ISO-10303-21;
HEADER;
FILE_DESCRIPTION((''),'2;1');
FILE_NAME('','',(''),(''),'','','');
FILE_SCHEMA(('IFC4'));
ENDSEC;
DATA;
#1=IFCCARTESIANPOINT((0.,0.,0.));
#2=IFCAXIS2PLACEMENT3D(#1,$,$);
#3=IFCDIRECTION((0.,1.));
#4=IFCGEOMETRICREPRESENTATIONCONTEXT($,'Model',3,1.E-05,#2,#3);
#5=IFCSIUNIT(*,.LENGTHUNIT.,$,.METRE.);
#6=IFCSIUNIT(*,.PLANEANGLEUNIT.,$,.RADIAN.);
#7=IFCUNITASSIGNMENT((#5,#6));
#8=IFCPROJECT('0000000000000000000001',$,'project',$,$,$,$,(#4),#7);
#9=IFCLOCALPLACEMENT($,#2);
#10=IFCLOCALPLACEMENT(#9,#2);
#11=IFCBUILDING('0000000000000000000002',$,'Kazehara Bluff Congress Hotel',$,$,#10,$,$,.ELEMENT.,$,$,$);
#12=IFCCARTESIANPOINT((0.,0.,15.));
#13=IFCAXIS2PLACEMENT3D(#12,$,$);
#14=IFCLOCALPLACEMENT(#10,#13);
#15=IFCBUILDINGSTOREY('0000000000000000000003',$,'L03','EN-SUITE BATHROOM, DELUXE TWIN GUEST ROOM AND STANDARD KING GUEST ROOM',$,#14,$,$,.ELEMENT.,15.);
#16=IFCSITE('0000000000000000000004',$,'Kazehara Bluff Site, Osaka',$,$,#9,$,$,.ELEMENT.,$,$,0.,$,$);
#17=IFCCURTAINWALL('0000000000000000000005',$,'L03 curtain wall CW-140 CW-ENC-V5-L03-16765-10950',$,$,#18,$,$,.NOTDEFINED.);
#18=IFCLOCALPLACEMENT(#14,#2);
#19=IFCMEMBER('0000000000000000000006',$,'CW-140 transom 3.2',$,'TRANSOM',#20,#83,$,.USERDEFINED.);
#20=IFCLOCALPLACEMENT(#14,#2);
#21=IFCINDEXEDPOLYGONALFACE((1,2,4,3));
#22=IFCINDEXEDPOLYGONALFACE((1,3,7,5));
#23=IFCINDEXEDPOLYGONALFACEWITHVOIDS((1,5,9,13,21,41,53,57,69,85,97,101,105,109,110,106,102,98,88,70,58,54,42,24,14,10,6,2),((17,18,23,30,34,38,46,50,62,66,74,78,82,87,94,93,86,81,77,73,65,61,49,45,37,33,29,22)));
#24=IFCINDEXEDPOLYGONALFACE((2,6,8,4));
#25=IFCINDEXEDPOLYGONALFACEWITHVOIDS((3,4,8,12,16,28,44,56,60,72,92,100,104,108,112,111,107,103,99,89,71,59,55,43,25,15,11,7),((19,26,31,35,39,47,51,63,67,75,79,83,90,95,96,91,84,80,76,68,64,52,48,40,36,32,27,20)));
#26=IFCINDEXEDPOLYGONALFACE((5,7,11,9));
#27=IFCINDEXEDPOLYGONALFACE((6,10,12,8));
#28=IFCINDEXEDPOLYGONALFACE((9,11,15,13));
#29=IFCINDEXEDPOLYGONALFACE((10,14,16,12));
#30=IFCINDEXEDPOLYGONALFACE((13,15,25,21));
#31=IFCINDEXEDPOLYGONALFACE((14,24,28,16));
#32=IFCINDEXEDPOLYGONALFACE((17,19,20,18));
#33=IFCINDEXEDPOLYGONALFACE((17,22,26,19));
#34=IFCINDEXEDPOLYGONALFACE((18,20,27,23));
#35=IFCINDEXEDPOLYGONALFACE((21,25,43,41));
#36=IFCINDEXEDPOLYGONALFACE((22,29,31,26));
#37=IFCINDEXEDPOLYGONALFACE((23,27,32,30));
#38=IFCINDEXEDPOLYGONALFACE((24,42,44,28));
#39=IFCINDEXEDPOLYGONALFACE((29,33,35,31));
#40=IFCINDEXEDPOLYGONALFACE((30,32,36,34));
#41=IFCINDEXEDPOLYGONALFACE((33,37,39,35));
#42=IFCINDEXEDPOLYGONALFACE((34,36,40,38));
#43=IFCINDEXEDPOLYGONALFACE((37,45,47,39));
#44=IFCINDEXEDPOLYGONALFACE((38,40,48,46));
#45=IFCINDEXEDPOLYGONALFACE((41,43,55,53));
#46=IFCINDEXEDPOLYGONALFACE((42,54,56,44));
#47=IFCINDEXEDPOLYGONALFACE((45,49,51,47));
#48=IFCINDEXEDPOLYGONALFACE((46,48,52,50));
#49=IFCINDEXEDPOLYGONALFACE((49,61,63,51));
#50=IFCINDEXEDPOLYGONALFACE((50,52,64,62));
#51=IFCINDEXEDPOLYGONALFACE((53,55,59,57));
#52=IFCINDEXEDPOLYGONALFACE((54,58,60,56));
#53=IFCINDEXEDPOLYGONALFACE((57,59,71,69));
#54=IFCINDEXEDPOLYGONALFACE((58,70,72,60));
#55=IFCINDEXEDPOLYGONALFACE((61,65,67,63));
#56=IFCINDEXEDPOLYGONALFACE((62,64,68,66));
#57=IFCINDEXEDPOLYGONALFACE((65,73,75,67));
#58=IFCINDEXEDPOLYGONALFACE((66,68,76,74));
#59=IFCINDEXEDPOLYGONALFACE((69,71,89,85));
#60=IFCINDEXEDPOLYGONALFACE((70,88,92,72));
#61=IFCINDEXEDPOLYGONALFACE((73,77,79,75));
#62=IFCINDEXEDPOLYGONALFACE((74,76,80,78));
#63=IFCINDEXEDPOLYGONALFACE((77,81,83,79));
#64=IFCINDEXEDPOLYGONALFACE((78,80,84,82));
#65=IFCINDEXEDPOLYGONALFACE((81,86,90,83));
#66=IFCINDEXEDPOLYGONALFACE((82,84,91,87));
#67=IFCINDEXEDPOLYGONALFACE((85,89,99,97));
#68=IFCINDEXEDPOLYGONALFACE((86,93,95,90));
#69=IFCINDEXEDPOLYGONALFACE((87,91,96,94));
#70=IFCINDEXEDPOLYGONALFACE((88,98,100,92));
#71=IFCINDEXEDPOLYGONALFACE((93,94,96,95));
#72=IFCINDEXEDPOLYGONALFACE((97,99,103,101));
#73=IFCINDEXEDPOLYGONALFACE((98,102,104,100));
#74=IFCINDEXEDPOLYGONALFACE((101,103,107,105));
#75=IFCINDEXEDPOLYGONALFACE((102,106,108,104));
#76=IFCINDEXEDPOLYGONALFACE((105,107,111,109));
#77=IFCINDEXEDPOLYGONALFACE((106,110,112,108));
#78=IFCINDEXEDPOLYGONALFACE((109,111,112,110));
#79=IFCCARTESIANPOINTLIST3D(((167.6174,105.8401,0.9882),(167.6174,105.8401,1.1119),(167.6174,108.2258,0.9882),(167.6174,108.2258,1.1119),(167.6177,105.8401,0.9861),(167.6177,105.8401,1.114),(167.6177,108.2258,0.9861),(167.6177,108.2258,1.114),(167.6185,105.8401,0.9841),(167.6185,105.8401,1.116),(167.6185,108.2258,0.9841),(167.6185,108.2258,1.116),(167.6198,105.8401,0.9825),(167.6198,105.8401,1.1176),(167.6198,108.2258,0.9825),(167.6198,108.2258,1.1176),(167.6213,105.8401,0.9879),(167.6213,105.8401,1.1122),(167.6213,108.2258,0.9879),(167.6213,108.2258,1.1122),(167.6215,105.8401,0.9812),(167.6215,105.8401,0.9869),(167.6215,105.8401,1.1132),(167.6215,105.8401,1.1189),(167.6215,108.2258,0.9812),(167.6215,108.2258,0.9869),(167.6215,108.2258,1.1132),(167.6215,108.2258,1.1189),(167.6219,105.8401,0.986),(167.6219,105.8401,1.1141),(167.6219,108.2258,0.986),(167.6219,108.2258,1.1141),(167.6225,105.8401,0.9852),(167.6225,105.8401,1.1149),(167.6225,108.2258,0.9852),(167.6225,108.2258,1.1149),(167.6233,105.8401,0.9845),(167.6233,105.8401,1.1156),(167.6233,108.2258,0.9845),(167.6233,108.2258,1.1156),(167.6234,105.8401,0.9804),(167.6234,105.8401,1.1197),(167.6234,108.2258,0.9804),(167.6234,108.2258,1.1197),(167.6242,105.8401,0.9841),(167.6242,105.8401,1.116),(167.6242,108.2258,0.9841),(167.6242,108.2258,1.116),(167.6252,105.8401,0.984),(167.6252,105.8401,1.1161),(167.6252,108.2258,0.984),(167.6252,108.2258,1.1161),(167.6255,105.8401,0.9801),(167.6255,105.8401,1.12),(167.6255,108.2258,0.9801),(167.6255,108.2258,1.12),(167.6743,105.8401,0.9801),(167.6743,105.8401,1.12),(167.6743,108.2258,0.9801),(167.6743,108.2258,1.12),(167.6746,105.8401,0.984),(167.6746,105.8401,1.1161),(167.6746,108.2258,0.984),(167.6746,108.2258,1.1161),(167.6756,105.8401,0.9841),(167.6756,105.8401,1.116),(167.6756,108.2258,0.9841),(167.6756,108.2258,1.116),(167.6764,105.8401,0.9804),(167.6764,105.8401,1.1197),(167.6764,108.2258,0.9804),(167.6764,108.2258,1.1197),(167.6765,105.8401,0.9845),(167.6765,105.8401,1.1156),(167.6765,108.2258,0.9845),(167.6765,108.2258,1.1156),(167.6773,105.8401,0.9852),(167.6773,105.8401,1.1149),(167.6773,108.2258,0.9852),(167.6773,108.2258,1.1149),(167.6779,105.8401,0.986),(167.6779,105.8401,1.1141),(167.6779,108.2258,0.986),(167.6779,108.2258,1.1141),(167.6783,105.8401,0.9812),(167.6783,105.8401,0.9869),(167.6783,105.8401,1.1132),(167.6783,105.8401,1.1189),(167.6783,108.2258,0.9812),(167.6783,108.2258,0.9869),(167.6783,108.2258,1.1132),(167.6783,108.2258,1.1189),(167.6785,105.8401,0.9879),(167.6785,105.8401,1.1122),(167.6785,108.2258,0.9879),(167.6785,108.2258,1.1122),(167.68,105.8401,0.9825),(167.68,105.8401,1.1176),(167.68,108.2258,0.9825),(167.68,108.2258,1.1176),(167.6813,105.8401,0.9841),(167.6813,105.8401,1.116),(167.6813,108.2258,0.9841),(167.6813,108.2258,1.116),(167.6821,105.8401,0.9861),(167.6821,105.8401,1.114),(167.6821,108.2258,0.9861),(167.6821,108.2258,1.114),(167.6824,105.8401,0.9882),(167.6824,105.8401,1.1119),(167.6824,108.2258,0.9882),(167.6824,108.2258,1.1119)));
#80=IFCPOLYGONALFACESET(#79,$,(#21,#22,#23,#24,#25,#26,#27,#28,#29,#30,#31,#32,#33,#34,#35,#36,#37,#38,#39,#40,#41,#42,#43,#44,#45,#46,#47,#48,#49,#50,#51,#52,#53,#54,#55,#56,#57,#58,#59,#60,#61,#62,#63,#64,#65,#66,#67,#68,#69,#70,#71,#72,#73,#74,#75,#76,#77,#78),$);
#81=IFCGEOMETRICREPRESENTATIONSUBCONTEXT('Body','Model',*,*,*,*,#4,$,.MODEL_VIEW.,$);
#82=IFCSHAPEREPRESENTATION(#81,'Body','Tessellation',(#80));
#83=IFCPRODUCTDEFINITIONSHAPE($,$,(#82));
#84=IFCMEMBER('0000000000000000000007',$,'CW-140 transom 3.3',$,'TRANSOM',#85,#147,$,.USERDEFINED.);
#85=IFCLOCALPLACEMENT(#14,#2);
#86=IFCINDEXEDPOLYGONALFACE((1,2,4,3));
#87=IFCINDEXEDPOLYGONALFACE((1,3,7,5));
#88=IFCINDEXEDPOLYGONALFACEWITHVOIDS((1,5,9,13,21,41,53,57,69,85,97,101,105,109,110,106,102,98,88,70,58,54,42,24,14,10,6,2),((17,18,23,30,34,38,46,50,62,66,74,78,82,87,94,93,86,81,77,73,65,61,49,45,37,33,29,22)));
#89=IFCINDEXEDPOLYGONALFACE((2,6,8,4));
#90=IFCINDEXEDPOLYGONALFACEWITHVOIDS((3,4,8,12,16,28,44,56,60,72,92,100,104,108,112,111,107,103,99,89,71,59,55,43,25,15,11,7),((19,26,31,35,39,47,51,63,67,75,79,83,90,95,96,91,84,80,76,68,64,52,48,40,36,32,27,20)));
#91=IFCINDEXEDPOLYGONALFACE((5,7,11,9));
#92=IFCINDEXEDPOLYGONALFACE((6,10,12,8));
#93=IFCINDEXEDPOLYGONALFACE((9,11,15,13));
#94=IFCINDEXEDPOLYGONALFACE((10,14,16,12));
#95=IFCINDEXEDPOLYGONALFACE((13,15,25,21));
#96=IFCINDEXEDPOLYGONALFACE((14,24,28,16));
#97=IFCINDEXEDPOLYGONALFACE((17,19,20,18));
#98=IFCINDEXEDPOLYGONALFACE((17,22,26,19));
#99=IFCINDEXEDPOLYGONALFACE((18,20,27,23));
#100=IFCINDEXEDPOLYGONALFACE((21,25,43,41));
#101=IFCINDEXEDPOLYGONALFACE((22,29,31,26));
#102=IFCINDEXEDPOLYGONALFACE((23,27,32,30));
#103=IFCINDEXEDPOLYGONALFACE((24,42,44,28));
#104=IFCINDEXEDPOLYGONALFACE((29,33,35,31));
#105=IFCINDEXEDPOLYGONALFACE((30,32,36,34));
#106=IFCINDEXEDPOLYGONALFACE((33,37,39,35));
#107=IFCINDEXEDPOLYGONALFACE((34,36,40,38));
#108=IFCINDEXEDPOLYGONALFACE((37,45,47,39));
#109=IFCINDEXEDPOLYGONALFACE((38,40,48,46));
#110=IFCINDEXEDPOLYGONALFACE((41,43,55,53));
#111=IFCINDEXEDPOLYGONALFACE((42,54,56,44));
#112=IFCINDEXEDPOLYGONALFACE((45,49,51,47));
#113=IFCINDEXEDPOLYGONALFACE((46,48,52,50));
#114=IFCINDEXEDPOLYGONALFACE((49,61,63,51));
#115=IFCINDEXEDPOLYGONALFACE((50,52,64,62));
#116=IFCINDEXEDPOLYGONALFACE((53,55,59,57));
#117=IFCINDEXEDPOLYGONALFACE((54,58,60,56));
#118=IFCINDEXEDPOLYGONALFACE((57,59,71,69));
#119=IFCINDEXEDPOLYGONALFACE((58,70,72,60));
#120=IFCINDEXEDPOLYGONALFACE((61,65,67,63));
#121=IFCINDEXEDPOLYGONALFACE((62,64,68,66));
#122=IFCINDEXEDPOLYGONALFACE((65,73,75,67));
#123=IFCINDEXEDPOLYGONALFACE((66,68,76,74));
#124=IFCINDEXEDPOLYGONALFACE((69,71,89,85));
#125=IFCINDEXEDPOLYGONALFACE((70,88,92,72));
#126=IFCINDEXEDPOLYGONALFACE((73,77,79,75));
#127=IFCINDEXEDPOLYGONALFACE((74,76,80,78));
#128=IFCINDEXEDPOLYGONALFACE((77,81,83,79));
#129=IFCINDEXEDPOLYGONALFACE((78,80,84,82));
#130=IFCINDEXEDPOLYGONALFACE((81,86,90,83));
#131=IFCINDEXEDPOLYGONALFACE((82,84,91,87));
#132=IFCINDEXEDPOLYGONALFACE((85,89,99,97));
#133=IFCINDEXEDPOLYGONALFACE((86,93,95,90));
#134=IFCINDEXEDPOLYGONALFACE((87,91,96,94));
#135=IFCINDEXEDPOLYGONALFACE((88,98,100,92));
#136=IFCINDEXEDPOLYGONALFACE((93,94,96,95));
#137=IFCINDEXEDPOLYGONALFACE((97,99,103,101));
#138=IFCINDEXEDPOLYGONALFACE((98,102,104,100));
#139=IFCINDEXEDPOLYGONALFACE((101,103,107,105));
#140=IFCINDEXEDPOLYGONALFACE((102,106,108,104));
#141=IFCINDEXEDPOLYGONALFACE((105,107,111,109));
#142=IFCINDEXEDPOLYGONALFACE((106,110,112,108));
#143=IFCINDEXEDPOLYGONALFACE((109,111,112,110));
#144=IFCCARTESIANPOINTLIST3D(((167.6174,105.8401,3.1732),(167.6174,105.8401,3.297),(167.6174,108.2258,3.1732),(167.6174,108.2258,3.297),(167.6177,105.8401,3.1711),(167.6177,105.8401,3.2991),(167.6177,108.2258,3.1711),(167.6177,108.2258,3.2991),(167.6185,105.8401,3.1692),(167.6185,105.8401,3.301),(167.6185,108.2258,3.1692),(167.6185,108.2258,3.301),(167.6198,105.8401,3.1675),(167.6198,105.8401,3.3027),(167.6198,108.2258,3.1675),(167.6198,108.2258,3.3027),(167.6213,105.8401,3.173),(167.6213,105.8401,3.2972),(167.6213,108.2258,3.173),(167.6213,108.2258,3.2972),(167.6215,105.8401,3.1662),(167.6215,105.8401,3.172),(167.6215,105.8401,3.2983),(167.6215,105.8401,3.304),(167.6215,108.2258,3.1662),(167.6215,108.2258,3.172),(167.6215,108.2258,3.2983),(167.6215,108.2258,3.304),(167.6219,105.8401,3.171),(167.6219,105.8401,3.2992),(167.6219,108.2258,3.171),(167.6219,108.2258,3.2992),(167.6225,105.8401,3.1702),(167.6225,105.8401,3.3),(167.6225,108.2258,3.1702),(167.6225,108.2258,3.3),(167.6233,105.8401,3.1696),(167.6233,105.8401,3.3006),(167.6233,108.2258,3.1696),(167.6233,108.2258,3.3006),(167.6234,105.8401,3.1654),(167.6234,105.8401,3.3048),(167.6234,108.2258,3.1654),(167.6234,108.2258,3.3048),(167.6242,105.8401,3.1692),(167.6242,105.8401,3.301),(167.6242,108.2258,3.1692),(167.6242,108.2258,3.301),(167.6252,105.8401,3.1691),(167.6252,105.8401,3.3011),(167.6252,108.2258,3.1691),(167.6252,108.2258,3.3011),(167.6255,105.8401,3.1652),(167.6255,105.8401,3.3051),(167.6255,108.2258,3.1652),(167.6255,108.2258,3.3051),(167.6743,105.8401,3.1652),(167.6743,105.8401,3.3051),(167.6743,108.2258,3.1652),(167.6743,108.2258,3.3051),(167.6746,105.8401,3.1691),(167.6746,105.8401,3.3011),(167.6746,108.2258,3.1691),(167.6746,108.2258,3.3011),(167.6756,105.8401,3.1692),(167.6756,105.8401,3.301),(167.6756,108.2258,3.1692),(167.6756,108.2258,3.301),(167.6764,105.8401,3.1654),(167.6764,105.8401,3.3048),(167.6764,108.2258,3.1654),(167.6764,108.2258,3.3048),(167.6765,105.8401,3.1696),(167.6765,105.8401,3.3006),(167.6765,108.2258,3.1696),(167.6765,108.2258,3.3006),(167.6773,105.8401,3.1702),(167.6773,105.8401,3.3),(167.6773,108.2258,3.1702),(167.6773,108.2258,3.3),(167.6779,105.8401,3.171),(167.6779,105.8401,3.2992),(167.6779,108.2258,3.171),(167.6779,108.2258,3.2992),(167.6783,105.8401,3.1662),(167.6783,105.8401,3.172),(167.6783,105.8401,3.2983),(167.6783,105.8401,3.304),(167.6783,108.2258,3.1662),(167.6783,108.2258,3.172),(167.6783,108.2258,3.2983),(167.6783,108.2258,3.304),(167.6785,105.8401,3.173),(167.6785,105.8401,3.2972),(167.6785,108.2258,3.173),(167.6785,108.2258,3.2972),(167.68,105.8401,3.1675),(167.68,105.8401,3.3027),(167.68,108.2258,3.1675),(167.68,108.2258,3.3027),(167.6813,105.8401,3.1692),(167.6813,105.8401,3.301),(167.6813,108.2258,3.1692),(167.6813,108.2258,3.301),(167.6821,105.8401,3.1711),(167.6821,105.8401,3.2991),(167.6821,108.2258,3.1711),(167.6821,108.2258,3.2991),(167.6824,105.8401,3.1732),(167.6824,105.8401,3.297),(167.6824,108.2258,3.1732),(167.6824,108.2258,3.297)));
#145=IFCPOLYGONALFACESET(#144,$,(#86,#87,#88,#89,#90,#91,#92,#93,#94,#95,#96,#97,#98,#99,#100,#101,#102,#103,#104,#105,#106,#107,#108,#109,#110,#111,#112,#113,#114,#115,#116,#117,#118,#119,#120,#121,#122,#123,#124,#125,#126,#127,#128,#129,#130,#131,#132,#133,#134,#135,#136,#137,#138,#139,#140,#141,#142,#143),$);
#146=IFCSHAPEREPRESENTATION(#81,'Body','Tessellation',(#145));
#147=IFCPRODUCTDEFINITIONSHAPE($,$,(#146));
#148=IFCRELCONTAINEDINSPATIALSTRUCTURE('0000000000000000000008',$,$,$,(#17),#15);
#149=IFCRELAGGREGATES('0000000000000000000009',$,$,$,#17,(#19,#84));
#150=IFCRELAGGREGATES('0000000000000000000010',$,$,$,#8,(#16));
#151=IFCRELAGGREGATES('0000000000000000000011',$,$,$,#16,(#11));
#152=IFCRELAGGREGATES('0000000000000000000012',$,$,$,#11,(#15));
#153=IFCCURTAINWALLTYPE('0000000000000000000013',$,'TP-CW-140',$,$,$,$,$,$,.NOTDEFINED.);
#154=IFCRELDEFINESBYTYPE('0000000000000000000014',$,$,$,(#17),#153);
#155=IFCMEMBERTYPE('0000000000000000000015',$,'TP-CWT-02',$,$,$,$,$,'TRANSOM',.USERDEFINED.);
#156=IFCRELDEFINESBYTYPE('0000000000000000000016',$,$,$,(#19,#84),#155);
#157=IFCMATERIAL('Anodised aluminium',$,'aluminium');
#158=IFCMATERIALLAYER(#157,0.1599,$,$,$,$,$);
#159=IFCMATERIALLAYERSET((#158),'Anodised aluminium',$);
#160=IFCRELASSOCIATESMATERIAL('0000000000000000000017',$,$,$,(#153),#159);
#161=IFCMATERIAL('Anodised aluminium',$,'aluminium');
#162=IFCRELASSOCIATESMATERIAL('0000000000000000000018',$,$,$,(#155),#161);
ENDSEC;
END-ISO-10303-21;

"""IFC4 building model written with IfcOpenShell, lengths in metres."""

from ifc_helpers import new_model, si_unit, direction, frame, origin, origin_2d, place, context, subcontext, project, spatial, hollow_rectangle, extrude, material, layer, layer_set, material_profile, profile_set, type_object, element, aggregate, save


model = new_model("IFC4")

# Units and contexts
model_context = context("Model", 3, precision=1e-05, world=origin(), true_north=direction((0.0, 1.0)))
body_context = subcontext(model_context, "Body", "Model", "MODEL_VIEW")
ifc_project = project(units=[si_unit("LENGTHUNIT", "METRE"), si_unit("PLANEANGLEUNIT", "RADIAN")], contexts=[model_context])

# Site, building, storey
site_placement = place(None, origin())
site = spatial("IfcSite", under=ifc_project, at=site_placement, Name="Kazehara Bluff Site, Osaka", CompositionType="ELEMENT", RefElevation=0.0)
building_placement = place(site_placement, origin())
building = spatial("IfcBuilding", under=site, at=building_placement, Name="Kazehara Bluff Congress Hotel", CompositionType="ELEMENT")
storey_placement = place(building_placement, frame((0.0, 0.0, 15.0)))
storey = spatial("IfcBuildingStorey", under=building, at=storey_placement, Name="L03", Description="EN-SUITE BATHROOM, DELUXE TWIN GUEST ROOM AND STANDARD KING GUEST ROOM", CompositionType="ELEMENT", Elevation=15.0)

# Curtain wall, members
ifc_material_1 = material(Name="Anodised aluminium", Category="aluminium")
ifc_layer_1 = layer(ifc_material_1, 0.1599)
ifc_layer_set_1 = layer_set([ifc_layer_1], Name="Anodised aluminium")
curtain_wall_type_1 = type_object("IfcCurtainWallType", Name="TP-CW-140", PredefinedType="NOTDEFINED", material=ifc_layer_set_1)
curtain_wall_1_placement = place(storey_placement, origin())
curtain_wall_1 = element("IfcCurtainWall", 1, at=curtain_wall_1_placement, inside=storey, type_object=curtain_wall_type_1, Name="L03 curtain wall CW-140 CW-ENC-V5-L03-16765-10950", PredefinedType="NOTDEFINED")
ifc_material_2 = material(Name="Anodised aluminium", Category="aluminium")
ifc_material_profile_1 = material_profile(ifc_material_2, hollow_rectangle(XDim=0.0649, YDim=0.1399, WallThickness=0.0039, InnerFilletRadius=0.0039, OuterFilletRadius=0.0081, at=origin_2d()))
ifc_profile_set_1 = profile_set([ifc_material_profile_1], Name="Anodised aluminium")
member_type_1 = type_object("IfcMemberType", Name="TP-CWT-02", ElementType="TRANSOM", PredefinedType="USERDEFINED", material=ifc_profile_set_1)
member_1_placement = place(storey_placement, frame((167.6499, 108.2258, 1.05), z_axis=(0.0, -1.0, 0.0), x_axis=(1.0, 0.0, 0.0)))
member_1 = element("IfcMember", 2, at=member_1_placement, type_object=member_type_1, Name="CW-140 transom 3.2", ObjectType="TRANSOM", PredefinedType="USERDEFINED", context=body_context, shape_type="SweptSolid", body=[
    extrude(hollow_rectangle(XDim=0.0649, YDim=0.1399, WallThickness=0.0039, InnerFilletRadius=0.0039, OuterFilletRadius=0.0081, at=origin_2d()), origin(), (0.0, 0.0, 1.0), 2.3857),
])
member_2_placement = place(storey_placement, frame((167.6499, 108.2258, 3.2351), z_axis=(0.0, -1.0, 0.0), x_axis=(1.0, 0.0, 0.0)))
member_2 = element("IfcMember", 3, at=member_2_placement, type_object=member_type_1, Name="CW-140 transom 3.3", ObjectType="TRANSOM", PredefinedType="USERDEFINED", context=body_context, shape_type="SweptSolid", body=[
    extrude(hollow_rectangle(XDim=0.0649, YDim=0.1399, WallThickness=0.0039, InnerFilletRadius=0.0039, OuterFilletRadius=0.0081, at=origin_2d()), origin(), (0.0, 0.0, 1.0), 2.3857),
])

aggregate(curtain_wall_1, [member_1, member_2])

save(model, "model.ifc")
